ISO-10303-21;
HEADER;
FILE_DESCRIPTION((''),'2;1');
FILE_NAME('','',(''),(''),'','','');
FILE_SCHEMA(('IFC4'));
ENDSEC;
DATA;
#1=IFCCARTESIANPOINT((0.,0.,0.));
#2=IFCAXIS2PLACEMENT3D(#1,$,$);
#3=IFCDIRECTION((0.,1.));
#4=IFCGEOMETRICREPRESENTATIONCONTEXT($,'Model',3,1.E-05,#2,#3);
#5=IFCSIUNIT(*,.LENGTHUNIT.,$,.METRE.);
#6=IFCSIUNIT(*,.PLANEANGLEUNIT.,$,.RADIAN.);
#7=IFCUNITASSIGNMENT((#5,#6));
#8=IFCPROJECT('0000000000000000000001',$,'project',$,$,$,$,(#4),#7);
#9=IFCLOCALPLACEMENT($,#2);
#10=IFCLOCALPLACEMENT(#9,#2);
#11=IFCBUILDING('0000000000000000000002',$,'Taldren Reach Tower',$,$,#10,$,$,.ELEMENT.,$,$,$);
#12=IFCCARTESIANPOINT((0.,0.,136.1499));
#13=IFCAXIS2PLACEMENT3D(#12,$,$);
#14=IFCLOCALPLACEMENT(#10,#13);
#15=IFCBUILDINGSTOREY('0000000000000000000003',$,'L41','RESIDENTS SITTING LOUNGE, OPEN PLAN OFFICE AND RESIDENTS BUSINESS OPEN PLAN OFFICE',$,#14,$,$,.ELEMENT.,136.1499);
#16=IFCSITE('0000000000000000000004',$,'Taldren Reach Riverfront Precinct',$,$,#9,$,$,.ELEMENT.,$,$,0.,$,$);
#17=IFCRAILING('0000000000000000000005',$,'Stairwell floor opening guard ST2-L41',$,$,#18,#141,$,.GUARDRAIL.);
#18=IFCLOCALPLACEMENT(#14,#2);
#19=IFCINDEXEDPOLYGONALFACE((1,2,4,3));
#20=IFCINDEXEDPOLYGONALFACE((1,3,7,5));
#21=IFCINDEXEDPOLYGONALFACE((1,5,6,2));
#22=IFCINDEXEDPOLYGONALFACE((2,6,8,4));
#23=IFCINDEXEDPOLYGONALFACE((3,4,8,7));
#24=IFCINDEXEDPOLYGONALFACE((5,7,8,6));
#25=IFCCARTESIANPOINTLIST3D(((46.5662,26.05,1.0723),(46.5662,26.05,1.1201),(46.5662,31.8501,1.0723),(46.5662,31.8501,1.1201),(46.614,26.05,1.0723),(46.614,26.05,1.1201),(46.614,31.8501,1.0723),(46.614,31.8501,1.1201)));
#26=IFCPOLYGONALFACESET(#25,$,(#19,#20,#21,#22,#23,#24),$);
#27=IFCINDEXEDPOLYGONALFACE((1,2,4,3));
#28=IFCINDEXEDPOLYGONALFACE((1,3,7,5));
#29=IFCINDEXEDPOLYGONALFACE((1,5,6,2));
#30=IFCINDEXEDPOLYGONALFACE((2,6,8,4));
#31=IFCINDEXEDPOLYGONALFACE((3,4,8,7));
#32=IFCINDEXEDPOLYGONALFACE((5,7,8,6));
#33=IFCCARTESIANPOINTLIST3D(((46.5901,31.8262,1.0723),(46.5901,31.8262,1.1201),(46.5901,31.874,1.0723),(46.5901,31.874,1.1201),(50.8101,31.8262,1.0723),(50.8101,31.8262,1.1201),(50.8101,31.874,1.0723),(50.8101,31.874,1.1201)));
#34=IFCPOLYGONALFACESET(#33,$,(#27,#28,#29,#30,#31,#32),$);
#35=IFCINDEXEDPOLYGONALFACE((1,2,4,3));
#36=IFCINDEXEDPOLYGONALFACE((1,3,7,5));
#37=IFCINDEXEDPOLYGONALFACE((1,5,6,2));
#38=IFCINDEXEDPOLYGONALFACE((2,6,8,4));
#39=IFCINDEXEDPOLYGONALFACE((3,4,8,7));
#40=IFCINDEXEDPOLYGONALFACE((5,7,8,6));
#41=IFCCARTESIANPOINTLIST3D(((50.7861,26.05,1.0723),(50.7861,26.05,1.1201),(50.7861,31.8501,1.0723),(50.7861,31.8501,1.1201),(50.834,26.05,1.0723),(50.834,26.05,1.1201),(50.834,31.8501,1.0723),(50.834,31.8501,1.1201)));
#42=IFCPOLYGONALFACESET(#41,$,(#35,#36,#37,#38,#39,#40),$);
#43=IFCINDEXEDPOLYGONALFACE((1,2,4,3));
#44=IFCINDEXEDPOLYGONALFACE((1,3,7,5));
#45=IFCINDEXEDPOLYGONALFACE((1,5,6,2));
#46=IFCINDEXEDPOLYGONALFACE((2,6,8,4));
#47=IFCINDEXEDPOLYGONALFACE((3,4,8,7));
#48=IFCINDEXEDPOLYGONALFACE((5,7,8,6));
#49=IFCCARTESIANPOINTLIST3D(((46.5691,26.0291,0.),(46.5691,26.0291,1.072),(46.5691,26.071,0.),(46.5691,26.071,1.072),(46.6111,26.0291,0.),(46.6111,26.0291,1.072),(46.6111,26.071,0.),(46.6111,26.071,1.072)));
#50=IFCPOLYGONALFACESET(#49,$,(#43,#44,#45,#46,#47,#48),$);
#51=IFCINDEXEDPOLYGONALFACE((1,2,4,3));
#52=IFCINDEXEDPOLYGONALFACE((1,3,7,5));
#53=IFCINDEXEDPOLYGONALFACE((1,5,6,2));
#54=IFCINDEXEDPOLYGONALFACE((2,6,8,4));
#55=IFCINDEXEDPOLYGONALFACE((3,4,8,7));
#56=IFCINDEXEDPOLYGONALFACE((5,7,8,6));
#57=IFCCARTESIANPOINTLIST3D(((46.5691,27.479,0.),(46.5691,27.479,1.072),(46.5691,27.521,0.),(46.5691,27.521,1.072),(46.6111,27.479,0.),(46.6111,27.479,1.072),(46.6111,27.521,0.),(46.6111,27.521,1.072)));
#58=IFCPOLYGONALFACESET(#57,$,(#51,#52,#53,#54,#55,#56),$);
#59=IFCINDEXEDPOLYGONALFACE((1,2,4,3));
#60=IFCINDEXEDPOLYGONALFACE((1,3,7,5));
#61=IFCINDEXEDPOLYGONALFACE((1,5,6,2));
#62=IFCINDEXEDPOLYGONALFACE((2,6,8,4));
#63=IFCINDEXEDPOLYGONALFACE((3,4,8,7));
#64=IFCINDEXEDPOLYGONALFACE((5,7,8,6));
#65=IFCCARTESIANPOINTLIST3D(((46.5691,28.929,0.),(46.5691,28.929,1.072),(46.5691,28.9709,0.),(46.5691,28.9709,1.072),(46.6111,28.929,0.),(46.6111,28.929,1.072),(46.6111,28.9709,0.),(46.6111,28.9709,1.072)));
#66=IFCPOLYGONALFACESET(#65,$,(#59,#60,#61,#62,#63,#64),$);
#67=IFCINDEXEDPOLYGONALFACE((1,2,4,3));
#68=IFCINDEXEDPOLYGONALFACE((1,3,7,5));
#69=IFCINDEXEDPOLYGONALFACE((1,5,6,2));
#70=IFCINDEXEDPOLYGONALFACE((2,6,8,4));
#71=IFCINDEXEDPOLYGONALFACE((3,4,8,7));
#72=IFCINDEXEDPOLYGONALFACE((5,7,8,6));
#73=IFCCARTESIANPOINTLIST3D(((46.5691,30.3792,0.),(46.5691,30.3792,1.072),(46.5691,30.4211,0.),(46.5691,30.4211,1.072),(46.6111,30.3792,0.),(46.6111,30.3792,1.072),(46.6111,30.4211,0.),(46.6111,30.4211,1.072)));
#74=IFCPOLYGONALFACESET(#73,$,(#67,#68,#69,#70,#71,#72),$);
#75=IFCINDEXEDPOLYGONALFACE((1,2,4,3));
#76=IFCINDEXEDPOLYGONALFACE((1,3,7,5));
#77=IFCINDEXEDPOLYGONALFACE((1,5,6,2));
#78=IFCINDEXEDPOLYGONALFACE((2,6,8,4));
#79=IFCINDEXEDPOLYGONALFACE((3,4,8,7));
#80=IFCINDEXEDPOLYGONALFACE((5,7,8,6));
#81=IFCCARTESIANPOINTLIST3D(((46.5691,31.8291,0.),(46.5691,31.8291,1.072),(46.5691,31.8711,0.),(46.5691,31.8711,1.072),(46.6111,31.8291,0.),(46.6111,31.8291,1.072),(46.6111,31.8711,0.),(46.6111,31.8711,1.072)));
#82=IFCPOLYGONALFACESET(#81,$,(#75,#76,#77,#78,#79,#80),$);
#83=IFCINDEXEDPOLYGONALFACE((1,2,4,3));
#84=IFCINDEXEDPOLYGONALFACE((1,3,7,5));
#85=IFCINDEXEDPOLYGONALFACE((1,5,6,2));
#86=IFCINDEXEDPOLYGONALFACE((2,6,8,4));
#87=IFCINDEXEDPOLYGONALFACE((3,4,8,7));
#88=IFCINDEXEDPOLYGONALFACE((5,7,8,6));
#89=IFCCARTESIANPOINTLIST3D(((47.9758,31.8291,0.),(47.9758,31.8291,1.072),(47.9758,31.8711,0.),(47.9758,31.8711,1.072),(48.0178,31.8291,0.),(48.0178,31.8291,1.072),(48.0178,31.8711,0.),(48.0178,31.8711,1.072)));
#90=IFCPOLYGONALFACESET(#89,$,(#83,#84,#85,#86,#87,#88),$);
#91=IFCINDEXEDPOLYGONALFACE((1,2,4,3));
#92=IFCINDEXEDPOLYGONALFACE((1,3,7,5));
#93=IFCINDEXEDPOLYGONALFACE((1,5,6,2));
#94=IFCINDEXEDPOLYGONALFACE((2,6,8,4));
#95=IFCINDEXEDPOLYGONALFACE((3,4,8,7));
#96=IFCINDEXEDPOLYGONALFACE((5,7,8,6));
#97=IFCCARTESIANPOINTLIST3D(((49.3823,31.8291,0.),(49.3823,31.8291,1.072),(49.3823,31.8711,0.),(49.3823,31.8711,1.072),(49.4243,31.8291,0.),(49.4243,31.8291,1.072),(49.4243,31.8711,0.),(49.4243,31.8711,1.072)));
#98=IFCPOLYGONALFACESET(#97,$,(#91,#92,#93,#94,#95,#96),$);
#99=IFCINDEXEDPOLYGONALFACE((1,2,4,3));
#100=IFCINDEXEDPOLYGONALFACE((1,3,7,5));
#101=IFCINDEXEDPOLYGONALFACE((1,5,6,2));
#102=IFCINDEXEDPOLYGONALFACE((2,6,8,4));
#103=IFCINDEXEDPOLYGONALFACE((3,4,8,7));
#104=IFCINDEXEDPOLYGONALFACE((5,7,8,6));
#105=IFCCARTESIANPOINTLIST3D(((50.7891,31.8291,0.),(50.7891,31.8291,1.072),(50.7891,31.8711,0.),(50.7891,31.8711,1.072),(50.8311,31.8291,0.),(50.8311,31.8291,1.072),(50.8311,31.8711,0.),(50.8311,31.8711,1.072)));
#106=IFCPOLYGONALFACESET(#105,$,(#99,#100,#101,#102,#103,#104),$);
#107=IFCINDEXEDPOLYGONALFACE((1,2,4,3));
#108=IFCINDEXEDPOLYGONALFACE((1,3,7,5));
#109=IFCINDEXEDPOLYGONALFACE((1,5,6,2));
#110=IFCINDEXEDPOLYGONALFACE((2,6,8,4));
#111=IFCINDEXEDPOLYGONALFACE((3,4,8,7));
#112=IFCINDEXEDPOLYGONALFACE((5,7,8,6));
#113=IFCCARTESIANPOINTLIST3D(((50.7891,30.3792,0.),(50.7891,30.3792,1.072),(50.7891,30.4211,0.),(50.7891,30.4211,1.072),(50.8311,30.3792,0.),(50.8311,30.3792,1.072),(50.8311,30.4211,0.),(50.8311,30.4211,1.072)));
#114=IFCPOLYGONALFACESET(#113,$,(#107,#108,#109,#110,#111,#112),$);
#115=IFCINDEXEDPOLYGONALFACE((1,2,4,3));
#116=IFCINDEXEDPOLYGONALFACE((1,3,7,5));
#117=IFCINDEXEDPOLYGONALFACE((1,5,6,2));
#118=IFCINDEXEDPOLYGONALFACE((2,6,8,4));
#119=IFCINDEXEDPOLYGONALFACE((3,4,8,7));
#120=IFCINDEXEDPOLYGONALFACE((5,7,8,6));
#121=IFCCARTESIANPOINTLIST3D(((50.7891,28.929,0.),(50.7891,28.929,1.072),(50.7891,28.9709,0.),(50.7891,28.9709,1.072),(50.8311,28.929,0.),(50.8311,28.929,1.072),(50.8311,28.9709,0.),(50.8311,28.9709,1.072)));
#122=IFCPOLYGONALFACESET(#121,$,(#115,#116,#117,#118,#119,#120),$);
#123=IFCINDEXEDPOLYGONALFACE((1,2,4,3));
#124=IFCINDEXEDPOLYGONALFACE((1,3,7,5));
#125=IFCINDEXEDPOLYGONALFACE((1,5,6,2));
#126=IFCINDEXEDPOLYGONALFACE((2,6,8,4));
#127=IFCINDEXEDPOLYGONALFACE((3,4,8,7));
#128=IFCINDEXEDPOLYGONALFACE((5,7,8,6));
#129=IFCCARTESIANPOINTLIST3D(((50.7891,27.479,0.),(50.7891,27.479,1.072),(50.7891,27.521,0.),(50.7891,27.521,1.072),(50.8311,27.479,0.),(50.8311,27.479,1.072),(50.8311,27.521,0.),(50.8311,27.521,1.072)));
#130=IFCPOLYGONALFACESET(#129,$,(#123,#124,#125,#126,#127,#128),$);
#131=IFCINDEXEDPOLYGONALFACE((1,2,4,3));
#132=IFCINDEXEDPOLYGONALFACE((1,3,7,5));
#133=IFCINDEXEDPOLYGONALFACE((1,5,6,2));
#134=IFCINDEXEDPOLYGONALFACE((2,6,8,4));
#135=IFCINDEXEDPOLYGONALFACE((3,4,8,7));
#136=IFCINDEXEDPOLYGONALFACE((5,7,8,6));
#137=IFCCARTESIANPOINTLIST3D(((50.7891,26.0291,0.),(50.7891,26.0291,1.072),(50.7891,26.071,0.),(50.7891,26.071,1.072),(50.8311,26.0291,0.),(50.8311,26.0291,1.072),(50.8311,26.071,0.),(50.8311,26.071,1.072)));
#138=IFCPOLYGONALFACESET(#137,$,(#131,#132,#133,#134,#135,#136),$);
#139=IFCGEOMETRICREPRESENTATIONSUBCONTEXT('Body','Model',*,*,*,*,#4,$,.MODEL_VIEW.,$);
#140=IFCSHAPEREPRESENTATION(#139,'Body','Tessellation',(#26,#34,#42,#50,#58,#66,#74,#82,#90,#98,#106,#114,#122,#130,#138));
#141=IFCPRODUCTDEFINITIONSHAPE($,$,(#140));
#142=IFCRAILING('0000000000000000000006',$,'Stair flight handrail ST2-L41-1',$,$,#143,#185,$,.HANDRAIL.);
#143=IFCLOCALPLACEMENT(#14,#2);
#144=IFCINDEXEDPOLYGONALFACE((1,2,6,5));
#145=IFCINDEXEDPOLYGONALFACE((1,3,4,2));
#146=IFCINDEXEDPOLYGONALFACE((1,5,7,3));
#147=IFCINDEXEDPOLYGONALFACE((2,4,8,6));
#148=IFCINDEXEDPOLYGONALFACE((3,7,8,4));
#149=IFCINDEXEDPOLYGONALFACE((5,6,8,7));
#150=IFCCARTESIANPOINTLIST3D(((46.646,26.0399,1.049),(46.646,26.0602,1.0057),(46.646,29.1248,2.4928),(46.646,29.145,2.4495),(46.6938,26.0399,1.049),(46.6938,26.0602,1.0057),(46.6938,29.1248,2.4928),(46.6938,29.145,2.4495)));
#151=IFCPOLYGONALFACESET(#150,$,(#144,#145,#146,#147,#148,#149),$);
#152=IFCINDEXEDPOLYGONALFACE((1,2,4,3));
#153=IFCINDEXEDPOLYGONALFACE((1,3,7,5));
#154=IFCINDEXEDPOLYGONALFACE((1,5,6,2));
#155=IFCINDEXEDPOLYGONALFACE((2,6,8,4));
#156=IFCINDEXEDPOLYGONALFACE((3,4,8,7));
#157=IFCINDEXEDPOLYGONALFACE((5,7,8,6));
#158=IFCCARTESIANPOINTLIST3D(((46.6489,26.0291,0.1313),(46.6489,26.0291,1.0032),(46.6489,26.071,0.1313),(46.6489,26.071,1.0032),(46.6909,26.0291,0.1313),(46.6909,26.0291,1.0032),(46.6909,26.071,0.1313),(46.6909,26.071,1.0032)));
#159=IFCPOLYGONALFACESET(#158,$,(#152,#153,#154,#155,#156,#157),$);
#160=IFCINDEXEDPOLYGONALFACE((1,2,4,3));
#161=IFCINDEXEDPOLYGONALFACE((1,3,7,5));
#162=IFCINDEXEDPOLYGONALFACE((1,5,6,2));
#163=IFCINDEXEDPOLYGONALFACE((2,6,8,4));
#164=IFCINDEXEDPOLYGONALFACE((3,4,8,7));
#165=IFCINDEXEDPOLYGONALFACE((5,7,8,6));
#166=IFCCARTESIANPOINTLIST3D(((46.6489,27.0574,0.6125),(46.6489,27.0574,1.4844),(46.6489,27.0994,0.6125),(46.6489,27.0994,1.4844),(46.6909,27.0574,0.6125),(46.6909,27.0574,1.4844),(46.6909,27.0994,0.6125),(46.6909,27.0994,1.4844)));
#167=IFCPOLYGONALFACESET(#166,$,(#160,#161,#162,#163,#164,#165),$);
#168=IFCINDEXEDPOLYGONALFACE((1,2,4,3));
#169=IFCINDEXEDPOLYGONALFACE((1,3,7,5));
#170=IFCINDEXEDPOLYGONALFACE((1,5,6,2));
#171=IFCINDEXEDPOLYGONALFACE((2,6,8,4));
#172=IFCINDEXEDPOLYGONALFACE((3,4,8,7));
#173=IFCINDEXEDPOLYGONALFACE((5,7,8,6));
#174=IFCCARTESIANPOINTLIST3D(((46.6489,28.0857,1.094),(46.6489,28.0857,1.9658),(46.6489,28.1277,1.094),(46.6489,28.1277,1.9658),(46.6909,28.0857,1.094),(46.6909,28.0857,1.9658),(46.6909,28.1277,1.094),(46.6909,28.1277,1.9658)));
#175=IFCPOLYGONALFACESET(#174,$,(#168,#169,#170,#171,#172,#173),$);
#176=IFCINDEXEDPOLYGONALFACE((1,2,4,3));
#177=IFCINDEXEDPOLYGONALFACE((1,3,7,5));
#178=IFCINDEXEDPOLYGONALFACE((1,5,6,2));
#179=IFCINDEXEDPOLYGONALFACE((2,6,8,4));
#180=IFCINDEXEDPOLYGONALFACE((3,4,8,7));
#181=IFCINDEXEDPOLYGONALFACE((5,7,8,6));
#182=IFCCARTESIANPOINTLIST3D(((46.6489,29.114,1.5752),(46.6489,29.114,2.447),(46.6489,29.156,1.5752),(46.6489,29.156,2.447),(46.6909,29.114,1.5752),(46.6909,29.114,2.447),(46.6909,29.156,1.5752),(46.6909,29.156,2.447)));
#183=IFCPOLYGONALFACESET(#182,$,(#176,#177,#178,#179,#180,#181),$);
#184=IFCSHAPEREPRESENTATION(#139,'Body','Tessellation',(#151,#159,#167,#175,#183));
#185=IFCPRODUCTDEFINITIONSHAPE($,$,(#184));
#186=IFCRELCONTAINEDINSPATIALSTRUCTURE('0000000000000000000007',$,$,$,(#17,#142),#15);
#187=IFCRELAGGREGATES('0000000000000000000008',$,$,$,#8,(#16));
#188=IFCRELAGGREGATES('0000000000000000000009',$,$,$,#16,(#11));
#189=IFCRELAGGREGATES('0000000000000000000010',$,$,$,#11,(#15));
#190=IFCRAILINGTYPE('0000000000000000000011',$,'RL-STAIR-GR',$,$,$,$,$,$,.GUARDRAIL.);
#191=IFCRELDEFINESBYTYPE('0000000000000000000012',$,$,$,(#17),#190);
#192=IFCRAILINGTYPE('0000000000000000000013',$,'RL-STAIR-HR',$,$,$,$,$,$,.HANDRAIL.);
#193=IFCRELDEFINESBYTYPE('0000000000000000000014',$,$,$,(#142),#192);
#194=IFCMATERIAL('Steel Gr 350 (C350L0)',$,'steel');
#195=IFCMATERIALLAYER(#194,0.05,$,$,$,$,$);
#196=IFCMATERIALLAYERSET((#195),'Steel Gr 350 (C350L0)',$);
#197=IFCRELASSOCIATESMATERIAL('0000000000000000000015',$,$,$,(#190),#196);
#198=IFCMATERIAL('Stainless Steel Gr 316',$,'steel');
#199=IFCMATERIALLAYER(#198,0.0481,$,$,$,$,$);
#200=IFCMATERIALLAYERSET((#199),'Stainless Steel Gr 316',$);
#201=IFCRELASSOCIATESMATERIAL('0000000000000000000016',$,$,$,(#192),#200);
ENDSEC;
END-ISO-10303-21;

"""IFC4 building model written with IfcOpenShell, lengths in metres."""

from ifc_helpers import new_model, si_unit, direction, frame, origin, origin_2d, place, context, subcontext, project, spatial, rectangle, extrude, material, layer, layer_set, type_object, element, save


model = new_model("IFC4")

# Units and contexts
model_context = context("Model", 3, precision=1e-05, world=origin(), true_north=direction((0.0, 1.0)))
body_context = subcontext(model_context, "Body", "Model", "MODEL_VIEW")
ifc_project = project(units=[si_unit("LENGTHUNIT", "METRE"), si_unit("PLANEANGLEUNIT", "RADIAN")], contexts=[model_context])

# Site, building, storey
site_placement = place(None, origin())
site = spatial("IfcSite", under=ifc_project, at=site_placement, Name="Taldren Reach Riverfront Precinct", CompositionType="ELEMENT", RefElevation=0.0)
building_placement = place(site_placement, origin())
building = spatial("IfcBuilding", under=site, at=building_placement, Name="Taldren Reach Tower", CompositionType="ELEMENT")
storey_placement = place(building_placement, frame((0.0, 0.0, 136.1499)))
storey = spatial("IfcBuildingStorey", under=building, at=storey_placement, Name="L41", Description="RESIDENTS SITTING LOUNGE, OPEN PLAN OFFICE AND RESIDENTS BUSINESS OPEN PLAN OFFICE", CompositionType="ELEMENT", Elevation=136.1499)

# Shared definitions
ifc_material_1 = material(Name="Steel Gr 350 (C350L0)", Category="steel")

# Railings
ifc_layer_1 = layer(ifc_material_1, 0.05)
ifc_layer_set_1 = layer_set([ifc_layer_1], Name="Steel Gr 350 (C350L0)")
railing_type_1 = type_object("IfcRailingType", Name="RL-STAIR-GR", PredefinedType="GUARDRAIL", material=ifc_layer_set_1)
railing_1_placement = place(storey_placement, frame((46.5901, 26.05, 0.0)))
element("IfcRailing", 1, at=railing_1_placement, inside=storey, type_object=railing_type_1, Name="Stairwell floor opening guard ST2-L41", PredefinedType="GUARDRAIL", context=body_context, shape_type="SweptSolid", body=[
    extrude(rectangle(XDim=0.0479, YDim=0.0479, at=origin_2d()), frame((0.0, 0.0, 1.0962), z_axis=(0.0, 1.0, 0.0), x_axis=(-1.0, 0.0, 0.0)), (0.0, 0.0, 1.0), 5.8),
    extrude(rectangle(XDim=0.0479, YDim=0.0479, at=origin_2d()), frame((0.0, 5.8, 1.0962), z_axis=(1.0, 0.0, 0.0), x_axis=(0.0, 1.0, 0.0)), (0.0, 0.0, 1.0), 4.22),
    extrude(rectangle(XDim=0.0479, YDim=0.0479, at=origin_2d()), frame((4.22, 5.8, 1.0962), z_axis=(0.0, -1.0, 0.0), x_axis=(1.0, 0.0, 0.0)), (0.0, 0.0, 1.0), 5.8),
    extrude(rectangle(XDim=0.042, YDim=0.042, at=origin_2d()), origin(), (0.0, 0.0, 1.0), 1.072),
    extrude(rectangle(XDim=0.042, YDim=0.042, at=origin_2d()), frame((0.0, 1.45, 0.0)), (0.0, 0.0, 1.0), 1.072),
    extrude(rectangle(XDim=0.042, YDim=0.042, at=origin_2d()), frame((0.0, 2.8999, 0.0)), (0.0, 0.0, 1.0), 1.072),
    extrude(rectangle(XDim=0.042, YDim=0.042, at=origin_2d()), frame((0.0, 4.3501, 0.0)), (0.0, 0.0, 1.0), 1.072),
    extrude(rectangle(XDim=0.042, YDim=0.042, at=origin_2d()), frame((0.0, 5.8, 0.0)), (0.0, 0.0, 1.0), 1.072),
    extrude(rectangle(XDim=0.042, YDim=0.042, at=origin_2d()), frame((1.4067, 5.8, 0.0)), (0.0, 0.0, 1.0), 1.072),
    extrude(rectangle(XDim=0.042, YDim=0.042, at=origin_2d()), frame((2.8132, 5.8, 0.0)), (0.0, 0.0, 1.0), 1.072),
    extrude(rectangle(XDim=0.042, YDim=0.042, at=origin_2d()), frame((4.22, 5.8, 0.0)), (0.0, 0.0, 1.0), 1.072),
    extrude(rectangle(XDim=0.042, YDim=0.042, at=origin_2d()), frame((4.22, 4.3501, 0.0)), (0.0, 0.0, 1.0), 1.072),
    extrude(rectangle(XDim=0.042, YDim=0.042, at=origin_2d()), frame((4.22, 2.8999, 0.0)), (0.0, 0.0, 1.0), 1.072),
    extrude(rectangle(XDim=0.042, YDim=0.042, at=origin_2d()), frame((4.22, 1.45, 0.0)), (0.0, 0.0, 1.0), 1.072),
    extrude(rectangle(XDim=0.042, YDim=0.042, at=origin_2d()), frame((4.22, 0.0, 0.0)), (0.0, 0.0, 1.0), 1.072),
])
ifc_material_2 = material(Name="Stainless Steel Gr 316", Category="steel")
ifc_layer_2 = layer(ifc_material_2, 0.0481)
ifc_layer_set_2 = layer_set([ifc_layer_2], Name="Stainless Steel Gr 316")
railing_type_2 = type_object("IfcRailingType", Name="RL-STAIR-HR", PredefinedType="HANDRAIL", material=ifc_layer_set_2)
railing_2_placement = place(storey_placement, frame((46.6699, 26.05, 0.1313)))
element("IfcRailing", 2, at=railing_2_placement, inside=storey, type_object=railing_type_2, Name="Stair flight handrail ST2-L41-1", PredefinedType="HANDRAIL", context=body_context, shape_type="SweptSolid", body=[
    extrude(rectangle(XDim=0.0479, YDim=0.0479, at=origin_2d()), frame((0.0, 0.0, 0.896), z_axis=(0.0, 0.90571, 0.423898), x_axis=(-1.0, 0.0, 0.0)), (0.0, 0.0, 1.0), 3.406),
    extrude(rectangle(XDim=0.042, YDim=0.042, at=origin_2d()), origin(), (0.0, 0.0, 1.0), 0.8718),
    extrude(rectangle(XDim=0.042, YDim=0.042, at=origin_2d()), frame((0.0, 1.0283, 0.4812)), (0.0, 0.0, 1.0), 0.8718),
    extrude(rectangle(XDim=0.042, YDim=0.042, at=origin_2d()), frame((0.0, 2.0566, 0.9626)), (0.0, 0.0, 1.0), 0.8718),
    extrude(rectangle(XDim=0.042, YDim=0.042, at=origin_2d()), frame((0.0, 3.085, 1.4438)), (0.0, 0.0, 1.0), 0.8718),
])

save(model, "model.ifc")
